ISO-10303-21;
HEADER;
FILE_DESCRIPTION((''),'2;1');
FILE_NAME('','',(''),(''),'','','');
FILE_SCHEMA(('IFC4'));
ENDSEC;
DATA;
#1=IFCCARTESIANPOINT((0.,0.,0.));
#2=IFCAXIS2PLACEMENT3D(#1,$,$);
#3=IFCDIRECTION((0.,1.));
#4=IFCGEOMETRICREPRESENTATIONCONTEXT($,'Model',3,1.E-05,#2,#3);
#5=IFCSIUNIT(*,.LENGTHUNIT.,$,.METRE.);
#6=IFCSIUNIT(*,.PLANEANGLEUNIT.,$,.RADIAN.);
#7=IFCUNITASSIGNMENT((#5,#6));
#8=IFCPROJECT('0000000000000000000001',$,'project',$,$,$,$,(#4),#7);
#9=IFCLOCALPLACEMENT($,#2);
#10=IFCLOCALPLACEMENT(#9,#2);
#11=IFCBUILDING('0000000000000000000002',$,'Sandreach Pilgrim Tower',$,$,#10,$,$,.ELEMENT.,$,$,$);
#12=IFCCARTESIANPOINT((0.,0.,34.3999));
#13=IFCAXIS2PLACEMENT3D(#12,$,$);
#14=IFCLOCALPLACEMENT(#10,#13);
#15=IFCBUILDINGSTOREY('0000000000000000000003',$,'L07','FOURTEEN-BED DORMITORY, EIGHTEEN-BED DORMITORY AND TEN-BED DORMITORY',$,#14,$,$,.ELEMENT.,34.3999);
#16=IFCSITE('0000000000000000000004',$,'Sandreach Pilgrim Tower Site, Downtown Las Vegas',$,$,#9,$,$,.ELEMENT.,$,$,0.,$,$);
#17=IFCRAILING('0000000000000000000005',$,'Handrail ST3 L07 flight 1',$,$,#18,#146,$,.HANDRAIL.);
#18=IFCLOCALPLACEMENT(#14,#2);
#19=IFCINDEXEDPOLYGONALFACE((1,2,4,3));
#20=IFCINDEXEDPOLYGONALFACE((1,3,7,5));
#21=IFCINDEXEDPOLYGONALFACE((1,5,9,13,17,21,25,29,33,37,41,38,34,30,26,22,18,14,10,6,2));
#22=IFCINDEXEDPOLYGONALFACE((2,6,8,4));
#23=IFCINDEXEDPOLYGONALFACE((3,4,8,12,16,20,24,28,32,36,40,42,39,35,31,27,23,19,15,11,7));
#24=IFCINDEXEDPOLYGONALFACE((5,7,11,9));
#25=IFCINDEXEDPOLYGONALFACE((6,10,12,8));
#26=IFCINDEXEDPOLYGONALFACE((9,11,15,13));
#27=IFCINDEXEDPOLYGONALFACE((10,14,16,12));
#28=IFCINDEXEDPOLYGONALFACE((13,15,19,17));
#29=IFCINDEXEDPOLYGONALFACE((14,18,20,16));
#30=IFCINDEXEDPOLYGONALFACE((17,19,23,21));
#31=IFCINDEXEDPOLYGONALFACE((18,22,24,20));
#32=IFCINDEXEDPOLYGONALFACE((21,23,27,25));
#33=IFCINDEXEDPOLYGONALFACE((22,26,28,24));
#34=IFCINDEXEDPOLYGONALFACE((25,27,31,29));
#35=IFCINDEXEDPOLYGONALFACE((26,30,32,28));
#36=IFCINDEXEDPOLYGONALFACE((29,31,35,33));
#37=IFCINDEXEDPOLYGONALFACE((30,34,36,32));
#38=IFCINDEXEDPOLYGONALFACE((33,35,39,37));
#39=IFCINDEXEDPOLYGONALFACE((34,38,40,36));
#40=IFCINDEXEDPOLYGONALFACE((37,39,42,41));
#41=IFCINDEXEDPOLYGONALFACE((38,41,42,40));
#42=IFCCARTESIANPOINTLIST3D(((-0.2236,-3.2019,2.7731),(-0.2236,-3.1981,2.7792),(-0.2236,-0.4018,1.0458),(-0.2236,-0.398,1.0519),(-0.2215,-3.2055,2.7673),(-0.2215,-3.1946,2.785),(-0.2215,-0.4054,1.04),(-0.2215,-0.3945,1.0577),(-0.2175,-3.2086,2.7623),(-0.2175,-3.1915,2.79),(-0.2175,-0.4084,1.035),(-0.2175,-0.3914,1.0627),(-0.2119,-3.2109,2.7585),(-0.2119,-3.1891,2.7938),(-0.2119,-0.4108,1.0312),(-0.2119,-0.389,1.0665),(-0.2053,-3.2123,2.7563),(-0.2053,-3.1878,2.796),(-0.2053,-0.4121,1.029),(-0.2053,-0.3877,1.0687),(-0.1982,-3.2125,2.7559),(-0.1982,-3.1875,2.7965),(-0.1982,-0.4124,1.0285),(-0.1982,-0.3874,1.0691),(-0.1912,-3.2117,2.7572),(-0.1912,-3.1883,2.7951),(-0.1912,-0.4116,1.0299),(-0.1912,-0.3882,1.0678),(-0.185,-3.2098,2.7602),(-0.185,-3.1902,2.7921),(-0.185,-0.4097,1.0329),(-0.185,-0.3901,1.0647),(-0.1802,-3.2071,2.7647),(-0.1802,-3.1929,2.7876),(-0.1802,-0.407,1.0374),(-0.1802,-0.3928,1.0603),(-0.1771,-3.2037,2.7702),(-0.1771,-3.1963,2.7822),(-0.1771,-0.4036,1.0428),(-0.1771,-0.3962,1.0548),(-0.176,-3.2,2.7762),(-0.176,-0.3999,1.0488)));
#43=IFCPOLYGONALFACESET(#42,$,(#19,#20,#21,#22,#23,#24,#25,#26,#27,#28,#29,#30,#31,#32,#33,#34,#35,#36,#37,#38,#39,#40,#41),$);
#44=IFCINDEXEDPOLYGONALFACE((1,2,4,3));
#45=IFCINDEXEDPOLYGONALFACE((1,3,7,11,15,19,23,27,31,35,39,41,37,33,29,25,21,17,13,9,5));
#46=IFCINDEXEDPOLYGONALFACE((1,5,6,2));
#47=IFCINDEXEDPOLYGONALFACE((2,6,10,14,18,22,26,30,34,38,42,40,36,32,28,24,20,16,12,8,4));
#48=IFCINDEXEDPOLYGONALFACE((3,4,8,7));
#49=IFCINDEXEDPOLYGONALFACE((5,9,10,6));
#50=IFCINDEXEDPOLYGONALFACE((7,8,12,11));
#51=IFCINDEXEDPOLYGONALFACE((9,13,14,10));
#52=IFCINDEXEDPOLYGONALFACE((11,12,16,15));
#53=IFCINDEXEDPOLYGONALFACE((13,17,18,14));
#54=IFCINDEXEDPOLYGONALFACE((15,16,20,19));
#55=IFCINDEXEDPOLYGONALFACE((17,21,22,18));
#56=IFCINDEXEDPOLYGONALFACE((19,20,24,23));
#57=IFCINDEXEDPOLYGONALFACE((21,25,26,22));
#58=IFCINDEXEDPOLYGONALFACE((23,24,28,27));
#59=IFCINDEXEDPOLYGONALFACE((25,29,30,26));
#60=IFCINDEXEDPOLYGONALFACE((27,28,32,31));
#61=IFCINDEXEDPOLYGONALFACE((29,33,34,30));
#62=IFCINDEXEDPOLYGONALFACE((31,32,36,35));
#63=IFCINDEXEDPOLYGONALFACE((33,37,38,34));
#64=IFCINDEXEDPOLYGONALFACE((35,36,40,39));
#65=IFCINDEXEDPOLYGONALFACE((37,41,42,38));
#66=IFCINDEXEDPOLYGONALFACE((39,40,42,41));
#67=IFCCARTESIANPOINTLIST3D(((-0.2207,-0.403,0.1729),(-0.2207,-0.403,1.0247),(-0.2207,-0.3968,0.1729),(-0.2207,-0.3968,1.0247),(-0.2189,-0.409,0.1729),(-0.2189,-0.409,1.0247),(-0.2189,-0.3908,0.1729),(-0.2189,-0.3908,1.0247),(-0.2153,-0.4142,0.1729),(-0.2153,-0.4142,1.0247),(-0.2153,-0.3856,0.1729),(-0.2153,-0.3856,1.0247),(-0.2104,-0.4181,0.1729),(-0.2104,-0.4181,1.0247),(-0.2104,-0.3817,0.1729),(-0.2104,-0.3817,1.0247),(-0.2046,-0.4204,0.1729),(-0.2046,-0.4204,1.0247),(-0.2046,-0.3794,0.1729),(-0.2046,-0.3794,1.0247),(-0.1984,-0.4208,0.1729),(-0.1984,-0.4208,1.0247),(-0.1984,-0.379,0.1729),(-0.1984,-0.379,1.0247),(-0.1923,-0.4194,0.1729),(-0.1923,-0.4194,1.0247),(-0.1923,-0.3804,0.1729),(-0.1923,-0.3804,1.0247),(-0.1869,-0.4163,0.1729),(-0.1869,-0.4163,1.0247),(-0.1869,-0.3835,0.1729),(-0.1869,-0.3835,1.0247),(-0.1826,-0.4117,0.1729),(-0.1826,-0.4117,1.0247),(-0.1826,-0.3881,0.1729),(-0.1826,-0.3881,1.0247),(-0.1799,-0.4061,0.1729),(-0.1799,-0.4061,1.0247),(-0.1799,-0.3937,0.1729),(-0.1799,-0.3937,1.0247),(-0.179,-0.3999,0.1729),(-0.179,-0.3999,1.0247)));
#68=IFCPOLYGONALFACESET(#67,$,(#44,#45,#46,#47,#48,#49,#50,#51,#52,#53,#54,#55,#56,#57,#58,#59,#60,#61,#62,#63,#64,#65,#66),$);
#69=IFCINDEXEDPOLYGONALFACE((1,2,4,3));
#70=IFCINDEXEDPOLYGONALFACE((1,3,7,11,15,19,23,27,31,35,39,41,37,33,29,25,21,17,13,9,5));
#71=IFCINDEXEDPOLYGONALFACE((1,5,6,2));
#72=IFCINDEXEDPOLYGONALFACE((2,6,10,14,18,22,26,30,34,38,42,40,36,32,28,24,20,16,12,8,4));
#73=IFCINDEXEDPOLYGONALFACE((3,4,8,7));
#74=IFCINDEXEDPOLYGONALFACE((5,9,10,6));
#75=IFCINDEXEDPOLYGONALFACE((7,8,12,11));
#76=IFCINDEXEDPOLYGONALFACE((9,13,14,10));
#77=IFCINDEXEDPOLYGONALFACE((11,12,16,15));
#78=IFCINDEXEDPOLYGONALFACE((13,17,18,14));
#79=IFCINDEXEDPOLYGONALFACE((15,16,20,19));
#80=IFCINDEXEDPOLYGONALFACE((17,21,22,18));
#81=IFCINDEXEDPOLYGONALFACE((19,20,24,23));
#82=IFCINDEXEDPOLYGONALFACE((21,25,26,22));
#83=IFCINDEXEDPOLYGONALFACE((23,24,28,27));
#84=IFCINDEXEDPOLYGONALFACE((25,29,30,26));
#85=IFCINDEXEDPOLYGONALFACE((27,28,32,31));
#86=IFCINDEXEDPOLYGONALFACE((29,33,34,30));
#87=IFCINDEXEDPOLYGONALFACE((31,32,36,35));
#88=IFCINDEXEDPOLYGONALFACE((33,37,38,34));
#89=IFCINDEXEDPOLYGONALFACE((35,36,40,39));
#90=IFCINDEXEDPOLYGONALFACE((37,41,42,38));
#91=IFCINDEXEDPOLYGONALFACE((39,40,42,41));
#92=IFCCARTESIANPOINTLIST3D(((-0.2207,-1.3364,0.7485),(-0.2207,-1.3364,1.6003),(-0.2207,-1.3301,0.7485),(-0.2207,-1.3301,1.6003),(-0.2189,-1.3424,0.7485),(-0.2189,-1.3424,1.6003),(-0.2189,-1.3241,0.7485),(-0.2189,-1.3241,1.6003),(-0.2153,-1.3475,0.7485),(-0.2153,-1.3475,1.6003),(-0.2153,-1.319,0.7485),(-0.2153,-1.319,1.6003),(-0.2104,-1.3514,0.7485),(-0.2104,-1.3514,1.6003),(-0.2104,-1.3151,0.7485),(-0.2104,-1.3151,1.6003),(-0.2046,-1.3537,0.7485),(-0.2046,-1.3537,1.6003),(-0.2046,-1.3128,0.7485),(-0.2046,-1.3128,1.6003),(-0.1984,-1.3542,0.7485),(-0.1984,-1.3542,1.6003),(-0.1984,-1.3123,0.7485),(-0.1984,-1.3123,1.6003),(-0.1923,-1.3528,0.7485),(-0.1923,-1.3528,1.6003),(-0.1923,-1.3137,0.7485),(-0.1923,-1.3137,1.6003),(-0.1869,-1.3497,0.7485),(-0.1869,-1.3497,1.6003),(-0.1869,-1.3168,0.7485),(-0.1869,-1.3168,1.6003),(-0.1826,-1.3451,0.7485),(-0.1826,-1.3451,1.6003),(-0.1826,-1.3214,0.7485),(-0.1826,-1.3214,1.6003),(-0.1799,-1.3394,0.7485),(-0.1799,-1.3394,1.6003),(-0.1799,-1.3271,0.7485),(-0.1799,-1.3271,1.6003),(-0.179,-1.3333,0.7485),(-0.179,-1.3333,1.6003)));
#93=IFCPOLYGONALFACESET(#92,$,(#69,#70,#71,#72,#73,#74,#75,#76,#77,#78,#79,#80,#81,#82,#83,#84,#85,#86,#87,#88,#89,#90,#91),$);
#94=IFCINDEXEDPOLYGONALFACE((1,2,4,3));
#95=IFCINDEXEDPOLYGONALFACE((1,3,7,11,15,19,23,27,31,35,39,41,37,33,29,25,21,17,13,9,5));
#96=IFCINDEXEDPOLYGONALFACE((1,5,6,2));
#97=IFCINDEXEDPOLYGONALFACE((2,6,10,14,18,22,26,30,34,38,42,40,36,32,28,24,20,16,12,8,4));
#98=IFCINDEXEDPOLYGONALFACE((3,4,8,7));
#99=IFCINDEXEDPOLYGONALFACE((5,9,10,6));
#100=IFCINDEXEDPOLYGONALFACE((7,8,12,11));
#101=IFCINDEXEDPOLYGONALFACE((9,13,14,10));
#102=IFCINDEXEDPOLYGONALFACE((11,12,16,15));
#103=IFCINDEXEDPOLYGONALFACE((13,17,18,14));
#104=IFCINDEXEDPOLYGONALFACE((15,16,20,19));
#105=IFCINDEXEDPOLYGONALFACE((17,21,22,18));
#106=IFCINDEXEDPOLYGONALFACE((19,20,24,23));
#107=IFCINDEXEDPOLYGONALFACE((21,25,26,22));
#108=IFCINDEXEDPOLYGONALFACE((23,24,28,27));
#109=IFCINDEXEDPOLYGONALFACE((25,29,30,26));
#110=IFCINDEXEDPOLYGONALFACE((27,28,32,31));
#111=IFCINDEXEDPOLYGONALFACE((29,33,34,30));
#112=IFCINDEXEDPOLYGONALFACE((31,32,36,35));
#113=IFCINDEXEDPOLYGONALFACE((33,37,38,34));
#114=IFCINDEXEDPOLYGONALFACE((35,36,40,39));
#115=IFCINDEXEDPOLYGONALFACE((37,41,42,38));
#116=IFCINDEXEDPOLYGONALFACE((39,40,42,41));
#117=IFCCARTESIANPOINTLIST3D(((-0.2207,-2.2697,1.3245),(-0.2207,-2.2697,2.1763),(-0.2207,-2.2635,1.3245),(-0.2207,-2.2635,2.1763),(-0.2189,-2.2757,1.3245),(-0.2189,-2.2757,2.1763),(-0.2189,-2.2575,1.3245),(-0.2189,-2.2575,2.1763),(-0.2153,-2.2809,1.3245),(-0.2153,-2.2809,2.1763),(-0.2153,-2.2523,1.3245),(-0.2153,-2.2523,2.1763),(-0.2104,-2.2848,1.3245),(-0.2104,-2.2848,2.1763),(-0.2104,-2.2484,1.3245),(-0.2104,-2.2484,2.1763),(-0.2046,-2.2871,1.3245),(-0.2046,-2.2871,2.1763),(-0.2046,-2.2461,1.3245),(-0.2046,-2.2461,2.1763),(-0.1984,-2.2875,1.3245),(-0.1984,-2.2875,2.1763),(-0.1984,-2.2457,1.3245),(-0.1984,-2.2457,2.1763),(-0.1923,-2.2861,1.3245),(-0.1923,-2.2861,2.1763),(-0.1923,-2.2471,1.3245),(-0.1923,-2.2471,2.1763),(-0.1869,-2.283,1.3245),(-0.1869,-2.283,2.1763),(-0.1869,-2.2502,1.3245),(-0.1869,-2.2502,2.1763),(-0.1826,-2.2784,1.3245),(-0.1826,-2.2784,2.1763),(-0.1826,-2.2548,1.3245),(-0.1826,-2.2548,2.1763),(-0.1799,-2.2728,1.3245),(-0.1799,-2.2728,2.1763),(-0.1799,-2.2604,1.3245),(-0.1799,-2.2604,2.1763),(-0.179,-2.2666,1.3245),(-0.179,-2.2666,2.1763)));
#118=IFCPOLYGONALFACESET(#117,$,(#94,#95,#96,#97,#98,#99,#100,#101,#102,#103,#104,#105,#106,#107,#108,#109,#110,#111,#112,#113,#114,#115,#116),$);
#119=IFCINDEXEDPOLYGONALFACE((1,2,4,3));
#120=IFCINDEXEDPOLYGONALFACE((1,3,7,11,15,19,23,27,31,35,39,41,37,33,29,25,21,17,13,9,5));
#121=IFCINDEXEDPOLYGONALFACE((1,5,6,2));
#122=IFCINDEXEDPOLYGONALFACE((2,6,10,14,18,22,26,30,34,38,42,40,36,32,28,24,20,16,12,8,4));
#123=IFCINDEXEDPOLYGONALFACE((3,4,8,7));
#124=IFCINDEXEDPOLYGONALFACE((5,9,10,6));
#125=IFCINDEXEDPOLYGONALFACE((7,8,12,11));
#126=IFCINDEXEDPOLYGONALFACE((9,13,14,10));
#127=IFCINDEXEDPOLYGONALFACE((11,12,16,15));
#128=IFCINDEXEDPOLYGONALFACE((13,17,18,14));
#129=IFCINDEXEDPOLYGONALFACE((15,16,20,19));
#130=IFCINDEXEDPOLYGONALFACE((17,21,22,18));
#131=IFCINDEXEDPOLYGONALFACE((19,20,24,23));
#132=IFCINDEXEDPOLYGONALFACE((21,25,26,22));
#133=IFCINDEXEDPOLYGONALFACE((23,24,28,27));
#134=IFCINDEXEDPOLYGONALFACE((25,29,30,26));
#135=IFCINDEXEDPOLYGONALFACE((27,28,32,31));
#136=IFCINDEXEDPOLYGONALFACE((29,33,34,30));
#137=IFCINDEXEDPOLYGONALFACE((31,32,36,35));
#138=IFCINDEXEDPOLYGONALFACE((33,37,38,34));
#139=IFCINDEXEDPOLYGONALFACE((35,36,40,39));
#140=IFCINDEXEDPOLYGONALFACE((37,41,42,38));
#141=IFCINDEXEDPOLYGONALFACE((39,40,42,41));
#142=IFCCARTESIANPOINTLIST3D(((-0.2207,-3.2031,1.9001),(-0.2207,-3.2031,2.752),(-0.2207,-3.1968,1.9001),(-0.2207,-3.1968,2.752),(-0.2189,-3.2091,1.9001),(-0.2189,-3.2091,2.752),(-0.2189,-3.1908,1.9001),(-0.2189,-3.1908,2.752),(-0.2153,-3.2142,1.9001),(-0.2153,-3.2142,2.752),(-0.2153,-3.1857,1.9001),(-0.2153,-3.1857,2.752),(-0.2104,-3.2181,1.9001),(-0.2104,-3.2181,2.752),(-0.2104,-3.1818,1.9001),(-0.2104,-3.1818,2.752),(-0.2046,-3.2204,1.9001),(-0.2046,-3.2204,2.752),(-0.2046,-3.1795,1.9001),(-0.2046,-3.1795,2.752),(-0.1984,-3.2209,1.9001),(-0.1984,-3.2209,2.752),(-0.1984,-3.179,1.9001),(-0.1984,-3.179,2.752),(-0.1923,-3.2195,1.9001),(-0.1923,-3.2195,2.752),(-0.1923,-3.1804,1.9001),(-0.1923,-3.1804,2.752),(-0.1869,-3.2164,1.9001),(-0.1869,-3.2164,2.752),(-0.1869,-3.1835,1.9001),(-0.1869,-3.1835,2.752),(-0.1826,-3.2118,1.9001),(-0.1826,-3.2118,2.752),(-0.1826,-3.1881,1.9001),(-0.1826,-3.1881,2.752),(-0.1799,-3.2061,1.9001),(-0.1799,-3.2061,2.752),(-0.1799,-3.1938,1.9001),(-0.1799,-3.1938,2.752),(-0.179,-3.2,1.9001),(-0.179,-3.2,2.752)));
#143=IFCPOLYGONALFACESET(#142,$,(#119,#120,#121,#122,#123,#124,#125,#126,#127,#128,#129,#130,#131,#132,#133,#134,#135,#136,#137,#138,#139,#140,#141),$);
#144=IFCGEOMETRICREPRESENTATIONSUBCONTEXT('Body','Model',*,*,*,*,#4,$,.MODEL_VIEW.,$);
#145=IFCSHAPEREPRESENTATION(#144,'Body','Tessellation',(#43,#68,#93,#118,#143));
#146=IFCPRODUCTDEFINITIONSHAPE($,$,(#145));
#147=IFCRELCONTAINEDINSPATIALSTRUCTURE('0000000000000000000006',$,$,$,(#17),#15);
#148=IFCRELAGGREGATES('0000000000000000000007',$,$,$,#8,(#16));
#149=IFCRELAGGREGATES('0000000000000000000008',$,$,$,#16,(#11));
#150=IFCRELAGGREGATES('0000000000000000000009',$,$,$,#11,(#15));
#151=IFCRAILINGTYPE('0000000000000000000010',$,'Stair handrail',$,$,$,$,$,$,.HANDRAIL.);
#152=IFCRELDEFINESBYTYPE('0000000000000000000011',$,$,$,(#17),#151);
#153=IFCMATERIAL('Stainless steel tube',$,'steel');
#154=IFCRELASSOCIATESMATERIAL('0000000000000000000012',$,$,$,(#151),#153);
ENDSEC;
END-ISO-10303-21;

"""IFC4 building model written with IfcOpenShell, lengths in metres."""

from ifc_helpers import new_model, si_unit, direction, frame, origin, origin_2d, place, context, subcontext, project, spatial, circle, extrude, material, type_object, element, save


model = new_model("IFC4")

# Units and contexts
model_context = context("Model", 3, precision=1e-05, world=origin(), true_north=direction((0.0, 1.0)))
body_context = subcontext(model_context, "Body", "Model", "MODEL_VIEW")
ifc_project = project(units=[si_unit("LENGTHUNIT", "METRE"), si_unit("PLANEANGLEUNIT", "RADIAN")], contexts=[model_context])

# Site, building, storey
site_placement = place(None, origin())
site = spatial("IfcSite", under=ifc_project, at=site_placement, Name="Sandreach Pilgrim Tower Site, Downtown Las Vegas", CompositionType="ELEMENT", RefElevation=0.0)
building_placement = place(site_placement, origin())
building = spatial("IfcBuilding", under=site, at=building_placement, Name="Sandreach Pilgrim Tower", CompositionType="ELEMENT")
storey_placement = place(building_placement, frame((0.0, 0.0, 34.3999)))
storey = spatial("IfcBuildingStorey", under=building, at=storey_placement, Name="L07", Description="FOURTEEN-BED DORMITORY, EIGHTEEN-BED DORMITORY AND TEN-BED DORMITORY", CompositionType="ELEMENT", Elevation=34.3999)

# Railing
ifc_material_1 = material(Name="Stainless steel tube", Category="steel")
railing_type = type_object("IfcRailingType", Name="Stair handrail", PredefinedType="HANDRAIL", material=ifc_material_1)
for number, where, name in (
    (1, (-0.2, -0.3999, 0.1729), "Handrail ST3 L07 flight 1"),
):
    element("IfcRailing", number, at=place(storey_placement, frame(where)), inside=storey, type_object=railing_type, Name=name, PredefinedType="HANDRAIL", context=body_context, shape_type="SweptSolid", body=[
        extrude(circle(Radius=0.0239, at=origin_2d()), frame((0.0, 0.0, 0.876), z_axis=(0.0, -0.85109, 0.52502), x_axis=(1.0, 0.0, 0.0)), (0.0, 0.0, 1.0), 3.29),
        extrude(circle(Radius=0.021, at=origin_2d()), origin(), (0.0, 0.0, 1.0), 0.8518),
        extrude(circle(Radius=0.021, at=origin_2d()), frame((0.0, -0.9333, 0.5757)), (0.0, 0.0, 1.0), 0.8518),
        extrude(circle(Radius=0.021, at=origin_2d()), frame((0.0, -1.8667, 1.1516)), (0.0, 0.0, 1.0), 0.8518),
        extrude(circle(Radius=0.021, at=origin_2d()), frame((0.0, -2.8, 1.7273)), (0.0, 0.0, 1.0), 0.8518),
    ])

save(model, "model.ifc")
